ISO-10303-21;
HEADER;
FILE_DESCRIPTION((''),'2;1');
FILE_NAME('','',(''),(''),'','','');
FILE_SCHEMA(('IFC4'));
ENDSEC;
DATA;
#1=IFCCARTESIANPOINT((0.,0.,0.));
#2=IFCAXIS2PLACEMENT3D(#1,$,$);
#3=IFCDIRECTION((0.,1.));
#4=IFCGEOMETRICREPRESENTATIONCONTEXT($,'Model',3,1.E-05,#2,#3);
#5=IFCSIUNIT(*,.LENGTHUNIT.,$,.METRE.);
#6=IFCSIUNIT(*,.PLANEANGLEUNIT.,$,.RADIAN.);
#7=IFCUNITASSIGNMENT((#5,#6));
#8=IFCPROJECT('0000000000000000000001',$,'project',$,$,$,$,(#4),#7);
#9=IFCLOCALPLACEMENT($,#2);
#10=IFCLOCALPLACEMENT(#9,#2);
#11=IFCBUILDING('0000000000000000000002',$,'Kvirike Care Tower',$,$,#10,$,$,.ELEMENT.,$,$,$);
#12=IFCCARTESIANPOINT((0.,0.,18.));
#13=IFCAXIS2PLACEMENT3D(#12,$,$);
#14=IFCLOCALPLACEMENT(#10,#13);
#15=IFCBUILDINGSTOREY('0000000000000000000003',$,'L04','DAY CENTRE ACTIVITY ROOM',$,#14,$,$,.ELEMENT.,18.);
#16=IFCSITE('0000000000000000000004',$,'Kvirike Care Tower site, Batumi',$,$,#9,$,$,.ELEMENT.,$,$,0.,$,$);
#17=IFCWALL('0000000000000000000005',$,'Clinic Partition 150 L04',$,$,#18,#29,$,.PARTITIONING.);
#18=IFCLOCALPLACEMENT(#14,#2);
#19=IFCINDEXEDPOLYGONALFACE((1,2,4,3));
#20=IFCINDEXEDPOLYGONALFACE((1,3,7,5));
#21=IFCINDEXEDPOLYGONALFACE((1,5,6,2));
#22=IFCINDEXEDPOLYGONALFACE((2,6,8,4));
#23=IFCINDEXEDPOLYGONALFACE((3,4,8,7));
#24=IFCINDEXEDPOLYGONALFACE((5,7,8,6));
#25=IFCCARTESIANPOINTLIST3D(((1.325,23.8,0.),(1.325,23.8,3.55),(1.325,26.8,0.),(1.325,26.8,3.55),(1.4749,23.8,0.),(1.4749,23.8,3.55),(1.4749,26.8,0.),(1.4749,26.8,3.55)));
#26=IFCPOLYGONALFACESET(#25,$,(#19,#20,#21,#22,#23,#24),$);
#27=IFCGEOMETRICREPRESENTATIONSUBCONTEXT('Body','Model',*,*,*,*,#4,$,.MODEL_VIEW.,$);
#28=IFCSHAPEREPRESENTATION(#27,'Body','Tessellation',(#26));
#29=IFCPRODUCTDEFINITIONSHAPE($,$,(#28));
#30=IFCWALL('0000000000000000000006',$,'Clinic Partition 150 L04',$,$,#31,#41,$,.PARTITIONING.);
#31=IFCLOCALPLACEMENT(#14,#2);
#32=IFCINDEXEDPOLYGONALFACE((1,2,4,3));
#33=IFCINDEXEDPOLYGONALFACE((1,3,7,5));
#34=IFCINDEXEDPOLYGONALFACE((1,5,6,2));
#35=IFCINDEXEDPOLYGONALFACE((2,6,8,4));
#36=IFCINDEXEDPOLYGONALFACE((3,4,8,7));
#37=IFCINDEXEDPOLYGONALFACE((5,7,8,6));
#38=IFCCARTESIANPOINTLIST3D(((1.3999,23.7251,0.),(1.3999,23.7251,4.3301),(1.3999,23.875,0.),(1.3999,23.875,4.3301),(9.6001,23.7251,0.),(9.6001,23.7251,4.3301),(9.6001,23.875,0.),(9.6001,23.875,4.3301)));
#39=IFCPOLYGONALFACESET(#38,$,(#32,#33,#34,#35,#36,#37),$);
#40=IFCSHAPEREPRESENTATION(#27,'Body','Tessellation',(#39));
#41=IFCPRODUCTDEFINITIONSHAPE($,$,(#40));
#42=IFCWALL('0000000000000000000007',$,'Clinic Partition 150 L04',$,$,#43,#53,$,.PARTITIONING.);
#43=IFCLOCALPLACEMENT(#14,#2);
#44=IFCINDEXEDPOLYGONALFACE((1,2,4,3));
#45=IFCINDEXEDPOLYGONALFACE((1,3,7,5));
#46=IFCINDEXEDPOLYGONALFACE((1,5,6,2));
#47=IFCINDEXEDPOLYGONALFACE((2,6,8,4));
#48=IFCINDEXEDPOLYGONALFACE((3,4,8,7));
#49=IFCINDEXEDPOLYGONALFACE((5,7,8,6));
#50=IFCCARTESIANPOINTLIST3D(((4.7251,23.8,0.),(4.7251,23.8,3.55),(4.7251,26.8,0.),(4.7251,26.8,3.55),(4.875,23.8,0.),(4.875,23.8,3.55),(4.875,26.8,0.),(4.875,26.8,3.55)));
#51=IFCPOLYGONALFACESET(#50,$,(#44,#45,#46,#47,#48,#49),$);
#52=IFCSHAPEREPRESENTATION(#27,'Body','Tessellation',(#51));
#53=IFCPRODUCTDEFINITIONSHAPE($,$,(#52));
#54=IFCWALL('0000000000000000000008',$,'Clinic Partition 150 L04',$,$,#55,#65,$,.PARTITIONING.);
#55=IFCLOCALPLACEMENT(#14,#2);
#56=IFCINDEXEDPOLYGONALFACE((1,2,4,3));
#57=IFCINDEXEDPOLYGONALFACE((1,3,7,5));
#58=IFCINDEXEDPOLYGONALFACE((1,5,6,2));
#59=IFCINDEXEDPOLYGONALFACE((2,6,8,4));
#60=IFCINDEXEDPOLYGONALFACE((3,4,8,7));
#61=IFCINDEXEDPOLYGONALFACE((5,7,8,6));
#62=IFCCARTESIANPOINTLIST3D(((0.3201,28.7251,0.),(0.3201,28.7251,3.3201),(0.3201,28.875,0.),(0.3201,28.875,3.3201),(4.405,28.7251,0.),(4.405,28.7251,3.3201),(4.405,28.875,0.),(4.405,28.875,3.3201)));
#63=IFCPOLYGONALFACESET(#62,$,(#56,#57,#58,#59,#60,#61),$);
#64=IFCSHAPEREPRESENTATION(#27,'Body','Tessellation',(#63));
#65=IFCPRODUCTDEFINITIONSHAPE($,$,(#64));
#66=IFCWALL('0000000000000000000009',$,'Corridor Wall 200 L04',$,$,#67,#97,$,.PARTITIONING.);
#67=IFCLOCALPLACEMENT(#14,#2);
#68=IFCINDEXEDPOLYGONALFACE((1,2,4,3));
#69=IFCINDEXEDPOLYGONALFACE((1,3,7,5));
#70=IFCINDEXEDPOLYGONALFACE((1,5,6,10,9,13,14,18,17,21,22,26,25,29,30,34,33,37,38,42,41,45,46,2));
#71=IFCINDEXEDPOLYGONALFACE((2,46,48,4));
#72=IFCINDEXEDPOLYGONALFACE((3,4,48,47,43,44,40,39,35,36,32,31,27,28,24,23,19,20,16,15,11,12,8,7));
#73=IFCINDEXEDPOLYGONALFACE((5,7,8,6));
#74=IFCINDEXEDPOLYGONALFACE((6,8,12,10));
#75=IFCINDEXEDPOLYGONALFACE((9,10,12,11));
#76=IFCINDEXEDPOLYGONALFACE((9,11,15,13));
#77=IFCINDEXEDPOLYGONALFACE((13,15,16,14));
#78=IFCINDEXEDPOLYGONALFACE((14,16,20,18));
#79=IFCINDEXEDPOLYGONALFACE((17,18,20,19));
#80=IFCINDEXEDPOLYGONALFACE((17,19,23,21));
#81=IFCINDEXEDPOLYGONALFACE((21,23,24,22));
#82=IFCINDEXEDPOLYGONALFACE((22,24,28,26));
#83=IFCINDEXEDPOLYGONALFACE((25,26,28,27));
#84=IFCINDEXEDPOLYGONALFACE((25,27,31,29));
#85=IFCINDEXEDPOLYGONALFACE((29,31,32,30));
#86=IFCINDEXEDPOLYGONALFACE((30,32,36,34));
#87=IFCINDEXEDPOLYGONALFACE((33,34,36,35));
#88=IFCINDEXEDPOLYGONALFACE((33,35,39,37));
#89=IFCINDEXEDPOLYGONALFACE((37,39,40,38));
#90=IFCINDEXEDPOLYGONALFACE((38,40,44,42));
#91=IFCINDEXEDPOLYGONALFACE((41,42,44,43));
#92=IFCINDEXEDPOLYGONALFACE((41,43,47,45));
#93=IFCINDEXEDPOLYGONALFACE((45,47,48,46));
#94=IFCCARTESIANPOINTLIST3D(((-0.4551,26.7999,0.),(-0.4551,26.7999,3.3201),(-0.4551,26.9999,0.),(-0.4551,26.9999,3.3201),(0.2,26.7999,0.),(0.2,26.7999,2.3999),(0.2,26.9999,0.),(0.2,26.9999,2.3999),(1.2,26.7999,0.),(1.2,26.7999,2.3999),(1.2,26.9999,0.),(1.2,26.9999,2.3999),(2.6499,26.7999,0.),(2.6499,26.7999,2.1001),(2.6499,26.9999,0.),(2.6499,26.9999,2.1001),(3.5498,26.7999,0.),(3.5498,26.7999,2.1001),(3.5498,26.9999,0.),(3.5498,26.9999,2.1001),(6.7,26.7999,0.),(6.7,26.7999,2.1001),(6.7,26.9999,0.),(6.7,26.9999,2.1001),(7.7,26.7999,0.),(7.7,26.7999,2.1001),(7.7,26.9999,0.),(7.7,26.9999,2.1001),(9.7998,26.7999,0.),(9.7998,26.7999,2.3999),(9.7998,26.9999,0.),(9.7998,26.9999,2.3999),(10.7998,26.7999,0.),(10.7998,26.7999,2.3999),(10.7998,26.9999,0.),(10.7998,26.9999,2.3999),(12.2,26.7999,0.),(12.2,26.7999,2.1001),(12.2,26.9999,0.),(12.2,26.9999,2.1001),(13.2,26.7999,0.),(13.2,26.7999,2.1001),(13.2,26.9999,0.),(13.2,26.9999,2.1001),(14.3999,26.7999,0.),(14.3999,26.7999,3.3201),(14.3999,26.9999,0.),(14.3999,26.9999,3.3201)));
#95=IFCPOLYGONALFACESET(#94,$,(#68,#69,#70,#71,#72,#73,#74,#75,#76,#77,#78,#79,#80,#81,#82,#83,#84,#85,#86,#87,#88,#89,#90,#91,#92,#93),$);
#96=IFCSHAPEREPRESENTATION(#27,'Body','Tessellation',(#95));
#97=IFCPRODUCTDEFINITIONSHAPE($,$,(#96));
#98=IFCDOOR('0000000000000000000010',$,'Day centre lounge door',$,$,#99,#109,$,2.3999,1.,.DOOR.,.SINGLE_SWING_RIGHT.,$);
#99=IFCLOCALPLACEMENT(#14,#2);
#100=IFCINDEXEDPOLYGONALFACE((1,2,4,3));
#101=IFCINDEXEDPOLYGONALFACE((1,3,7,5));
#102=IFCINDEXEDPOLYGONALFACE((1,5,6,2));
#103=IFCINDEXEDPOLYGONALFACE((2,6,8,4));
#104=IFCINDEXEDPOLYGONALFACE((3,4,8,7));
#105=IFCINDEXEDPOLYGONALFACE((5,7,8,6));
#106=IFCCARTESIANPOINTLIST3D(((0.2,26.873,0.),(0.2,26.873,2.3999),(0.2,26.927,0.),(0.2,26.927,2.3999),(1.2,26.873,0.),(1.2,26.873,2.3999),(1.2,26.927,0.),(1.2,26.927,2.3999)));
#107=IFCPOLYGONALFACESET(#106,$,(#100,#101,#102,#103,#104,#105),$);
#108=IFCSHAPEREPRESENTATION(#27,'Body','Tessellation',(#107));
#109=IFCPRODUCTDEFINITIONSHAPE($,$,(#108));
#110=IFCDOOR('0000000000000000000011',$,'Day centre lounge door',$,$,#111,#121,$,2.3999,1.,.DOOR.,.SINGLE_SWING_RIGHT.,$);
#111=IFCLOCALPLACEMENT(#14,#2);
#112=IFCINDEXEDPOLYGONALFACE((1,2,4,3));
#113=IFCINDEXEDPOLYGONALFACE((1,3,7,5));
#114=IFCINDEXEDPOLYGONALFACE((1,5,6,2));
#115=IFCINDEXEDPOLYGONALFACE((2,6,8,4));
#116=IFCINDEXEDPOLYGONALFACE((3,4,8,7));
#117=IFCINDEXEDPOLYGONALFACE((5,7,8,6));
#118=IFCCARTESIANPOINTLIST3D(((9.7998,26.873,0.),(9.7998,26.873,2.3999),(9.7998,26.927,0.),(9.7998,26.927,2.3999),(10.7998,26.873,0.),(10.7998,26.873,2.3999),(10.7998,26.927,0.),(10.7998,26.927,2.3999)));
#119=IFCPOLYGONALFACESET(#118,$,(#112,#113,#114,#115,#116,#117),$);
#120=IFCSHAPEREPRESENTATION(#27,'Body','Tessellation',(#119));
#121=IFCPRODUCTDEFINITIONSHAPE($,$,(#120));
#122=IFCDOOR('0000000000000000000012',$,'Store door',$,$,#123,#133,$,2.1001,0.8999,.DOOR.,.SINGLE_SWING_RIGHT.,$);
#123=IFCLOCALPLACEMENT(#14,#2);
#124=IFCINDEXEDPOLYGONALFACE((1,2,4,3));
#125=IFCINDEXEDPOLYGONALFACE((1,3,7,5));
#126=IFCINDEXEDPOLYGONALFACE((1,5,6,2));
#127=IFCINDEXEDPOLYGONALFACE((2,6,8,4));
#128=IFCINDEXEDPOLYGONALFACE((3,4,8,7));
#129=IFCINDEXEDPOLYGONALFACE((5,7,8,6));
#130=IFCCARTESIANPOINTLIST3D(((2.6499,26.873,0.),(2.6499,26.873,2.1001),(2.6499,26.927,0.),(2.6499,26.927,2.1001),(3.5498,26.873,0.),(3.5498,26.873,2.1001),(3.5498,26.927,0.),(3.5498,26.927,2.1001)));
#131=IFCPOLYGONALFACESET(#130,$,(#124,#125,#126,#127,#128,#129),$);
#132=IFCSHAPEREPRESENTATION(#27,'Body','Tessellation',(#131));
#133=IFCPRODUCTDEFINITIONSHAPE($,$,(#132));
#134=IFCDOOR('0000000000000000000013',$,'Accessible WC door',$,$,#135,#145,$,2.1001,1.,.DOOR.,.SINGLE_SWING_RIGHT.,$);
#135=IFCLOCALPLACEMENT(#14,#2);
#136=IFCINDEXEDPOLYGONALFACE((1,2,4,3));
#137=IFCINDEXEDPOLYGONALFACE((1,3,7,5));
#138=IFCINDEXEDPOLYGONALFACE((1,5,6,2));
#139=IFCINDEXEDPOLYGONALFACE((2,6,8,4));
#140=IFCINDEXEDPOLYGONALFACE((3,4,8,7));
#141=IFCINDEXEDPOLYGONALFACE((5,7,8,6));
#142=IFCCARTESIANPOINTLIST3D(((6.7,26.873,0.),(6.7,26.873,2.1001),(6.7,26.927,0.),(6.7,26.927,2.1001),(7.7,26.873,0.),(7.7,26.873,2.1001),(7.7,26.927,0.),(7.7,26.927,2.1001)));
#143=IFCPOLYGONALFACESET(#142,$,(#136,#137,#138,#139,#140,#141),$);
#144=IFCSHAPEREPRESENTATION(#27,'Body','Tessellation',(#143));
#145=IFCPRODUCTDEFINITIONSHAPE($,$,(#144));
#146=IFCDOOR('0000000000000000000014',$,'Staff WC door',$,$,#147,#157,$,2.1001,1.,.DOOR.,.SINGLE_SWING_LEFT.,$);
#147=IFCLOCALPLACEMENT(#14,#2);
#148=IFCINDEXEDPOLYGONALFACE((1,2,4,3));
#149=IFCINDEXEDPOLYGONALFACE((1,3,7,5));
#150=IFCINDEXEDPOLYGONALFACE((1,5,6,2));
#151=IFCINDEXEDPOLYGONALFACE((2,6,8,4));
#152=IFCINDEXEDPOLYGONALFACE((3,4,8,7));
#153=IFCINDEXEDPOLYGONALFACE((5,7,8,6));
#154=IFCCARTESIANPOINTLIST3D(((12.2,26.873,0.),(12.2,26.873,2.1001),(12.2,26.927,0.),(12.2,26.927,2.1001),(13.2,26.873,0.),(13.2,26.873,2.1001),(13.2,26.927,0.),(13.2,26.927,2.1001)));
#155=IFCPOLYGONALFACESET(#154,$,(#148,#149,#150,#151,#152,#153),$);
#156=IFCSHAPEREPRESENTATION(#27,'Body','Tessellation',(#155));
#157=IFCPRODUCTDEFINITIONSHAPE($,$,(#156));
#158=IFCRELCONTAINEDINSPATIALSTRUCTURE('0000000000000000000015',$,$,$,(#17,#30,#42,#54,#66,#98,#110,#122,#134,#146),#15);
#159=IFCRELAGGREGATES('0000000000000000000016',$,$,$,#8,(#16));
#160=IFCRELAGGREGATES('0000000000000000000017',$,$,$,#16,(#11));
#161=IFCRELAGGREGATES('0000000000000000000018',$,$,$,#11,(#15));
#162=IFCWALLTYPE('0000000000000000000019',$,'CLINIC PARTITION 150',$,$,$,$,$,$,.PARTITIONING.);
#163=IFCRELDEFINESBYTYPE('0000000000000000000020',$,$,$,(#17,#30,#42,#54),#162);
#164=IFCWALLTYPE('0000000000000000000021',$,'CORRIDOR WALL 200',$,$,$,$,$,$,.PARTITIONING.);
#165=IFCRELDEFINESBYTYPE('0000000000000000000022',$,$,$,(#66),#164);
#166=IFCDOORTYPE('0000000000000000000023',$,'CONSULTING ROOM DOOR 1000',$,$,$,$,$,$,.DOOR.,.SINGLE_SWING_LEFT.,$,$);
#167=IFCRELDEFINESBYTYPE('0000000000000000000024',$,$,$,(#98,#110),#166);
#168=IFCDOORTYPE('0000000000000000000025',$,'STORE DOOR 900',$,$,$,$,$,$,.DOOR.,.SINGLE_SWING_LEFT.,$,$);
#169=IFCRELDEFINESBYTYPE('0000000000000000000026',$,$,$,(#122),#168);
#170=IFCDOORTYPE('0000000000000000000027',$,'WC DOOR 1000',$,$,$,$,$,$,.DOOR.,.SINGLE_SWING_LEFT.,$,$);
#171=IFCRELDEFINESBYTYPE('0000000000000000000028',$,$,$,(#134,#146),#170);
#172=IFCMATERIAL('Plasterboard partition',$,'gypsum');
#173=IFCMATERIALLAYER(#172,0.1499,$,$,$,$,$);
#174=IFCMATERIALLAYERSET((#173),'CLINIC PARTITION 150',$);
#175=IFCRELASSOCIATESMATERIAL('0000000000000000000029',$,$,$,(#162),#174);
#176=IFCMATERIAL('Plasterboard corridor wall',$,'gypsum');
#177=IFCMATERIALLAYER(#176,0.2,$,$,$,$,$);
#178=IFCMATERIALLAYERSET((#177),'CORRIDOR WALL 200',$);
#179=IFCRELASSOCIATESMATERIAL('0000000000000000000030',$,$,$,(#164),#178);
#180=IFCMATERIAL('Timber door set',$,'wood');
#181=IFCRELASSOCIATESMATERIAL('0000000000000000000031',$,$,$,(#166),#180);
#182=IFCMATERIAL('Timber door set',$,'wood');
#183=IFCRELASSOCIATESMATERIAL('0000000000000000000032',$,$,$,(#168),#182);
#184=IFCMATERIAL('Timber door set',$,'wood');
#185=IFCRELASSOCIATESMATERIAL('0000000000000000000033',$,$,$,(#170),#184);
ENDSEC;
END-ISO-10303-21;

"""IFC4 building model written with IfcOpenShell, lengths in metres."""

from ifc_helpers import new_model, si_unit, direction, frame, frame_2d, origin, place, context, subcontext, project, spatial, rectangle, extrude, material, layer, layer_set, type_object, element, fill, save


model = new_model("IFC4")

# Units and contexts
model_context = context("Model", 3, precision=1e-05, world=origin(), true_north=direction((0.0, 1.0)))
body_context = subcontext(model_context, "Body", "Model", "MODEL_VIEW")
ifc_project = project(units=[si_unit("LENGTHUNIT", "METRE"), si_unit("PLANEANGLEUNIT", "RADIAN")], contexts=[model_context])

# Site, building, storey
site_placement = place(None, origin())
site = spatial("IfcSite", under=ifc_project, at=site_placement, Name="Kvirike Care Tower site, Batumi", CompositionType="ELEMENT", RefElevation=0.0)
building_placement = place(site_placement, origin())
building = spatial("IfcBuilding", under=site, at=building_placement, Name="Kvirike Care Tower", CompositionType="ELEMENT")
storey_placement = place(building_placement, frame((0.0, 0.0, 18.0)))
storey = spatial("IfcBuildingStorey", under=building, at=storey_placement, Name="L04", Description="DAY CENTRE ACTIVITY ROOM", CompositionType="ELEMENT", Elevation=18.0)

# Walls
ifc_material_1 = material(Name="Plasterboard partition", Category="gypsum")
ifc_layer_1 = layer(ifc_material_1, 0.1499)
ifc_layer_set_1 = layer_set([ifc_layer_1], Name="CLINIC PARTITION 150")
wall_type_1 = type_object("IfcWallType", Name="CLINIC PARTITION 150", PredefinedType="PARTITIONING", material=ifc_layer_set_1)
wall_1_placement = place(storey_placement, frame((1.3999, 23.8, 0.0), z_axis=(0.0, 0.0, 1.0), x_axis=(0.0, 1.0, 0.0)))
element("IfcWall", 1, at=wall_1_placement, inside=storey, type_object=wall_type_1, Name="Clinic Partition 150 L04", PredefinedType="PARTITIONING", context=body_context, shape_type="SweptSolid", body=[
    extrude(rectangle(XDim=3.0, YDim=0.1499, at=frame_2d((1.5, 0.0))), origin(), (0.0, 0.0, 1.0), 3.55),
])
wall_2_placement = place(storey_placement, frame((1.3999, 23.8, 0.0), z_axis=(0.0, 0.0, 1.0), x_axis=(1.0, 0.0, 0.0)))
element("IfcWall", 2, at=wall_2_placement, inside=storey, type_object=wall_type_1, Name="Clinic Partition 150 L04", PredefinedType="PARTITIONING", context=body_context, shape_type="SweptSolid", body=[
    extrude(rectangle(XDim=8.2002, YDim=0.1499, at=frame_2d((4.1001, 0.0))), origin(), (0.0, 0.0, 1.0), 4.3301),
])
wall_3_placement = place(storey_placement, frame((4.8, 23.8, 0.0), z_axis=(0.0, 0.0, 1.0), x_axis=(0.0, 1.0, 0.0)))
element("IfcWall", 3, at=wall_3_placement, inside=storey, type_object=wall_type_1, Name="Clinic Partition 150 L04", PredefinedType="PARTITIONING", context=body_context, shape_type="SweptSolid", body=[
    extrude(rectangle(XDim=3.0, YDim=0.1499, at=frame_2d((1.5, 0.0))), origin(), (0.0, 0.0, 1.0), 3.55),
])
wall_4_placement = place(storey_placement, frame((4.405, 28.8, 0.0), z_axis=(0.0, 0.0, 1.0), x_axis=(-1.0, 0.0, 0.0)))
element("IfcWall", 4, at=wall_4_placement, inside=storey, type_object=wall_type_1, Name="Clinic Partition 150 L04", PredefinedType="PARTITIONING", context=body_context, shape_type="SweptSolid", body=[
    extrude(rectangle(XDim=4.085, YDim=0.1499, at=frame_2d((2.0425, 0.0))), origin(), (0.0, 0.0, 1.0), 3.3201),
])

# Wall, openings, doors
ifc_material_2 = material(Name="Plasterboard corridor wall", Category="gypsum")
ifc_layer_2 = layer(ifc_material_2, 0.2)
ifc_layer_set_2 = layer_set([ifc_layer_2], Name="CORRIDOR WALL 200")
wall_type_2 = type_object("IfcWallType", Name="CORRIDOR WALL 200", PredefinedType="PARTITIONING", material=ifc_layer_set_2)
wall_5_placement = place(storey_placement, frame((-0.4551, 26.8999, 0.0), z_axis=(0.0, 0.0, 1.0), x_axis=(1.0, 0.0, 0.0)))
wall_5 = element("IfcWall", 5, at=wall_5_placement, inside=storey, type_object=wall_type_2, Name="Corridor Wall 200 L04", PredefinedType="PARTITIONING", context=body_context, shape_type="SweptSolid", body=[
    extrude(rectangle(XDim=14.855, YDim=0.2, at=frame_2d((7.4275, 0.0))), origin(), (0.0, 0.0, 1.0), 3.3201),
])
opening_1_placement = place(wall_5_placement, frame((0.655, 0.0, 0.0)))
opening_1 = element("IfcOpeningElement", 6, at=opening_1_placement, cuts=wall_5, PredefinedType="OPENING", context=body_context, shape_type="SweptSolid", body=[
    extrude(rectangle(XDim=1.0, YDim=2.3999, at=frame_2d((0.5, 1.2))), frame((0.0, 0.1106, 0.0), z_axis=(0.0, -1.0, 0.0), x_axis=(1.0, 0.0, 0.0)), (0.0, 0.0, 1.0), 0.2209),
])
opening_2_placement = place(wall_5_placement, frame((10.2549, 0.0, 0.0)))
opening_2 = element("IfcOpeningElement", 7, at=opening_2_placement, cuts=wall_5, PredefinedType="OPENING", context=body_context, shape_type="SweptSolid", body=[
    extrude(rectangle(XDim=1.0, YDim=2.3999, at=frame_2d((0.5, 1.2))), frame((0.0, 0.1106, 0.0), z_axis=(0.0, -1.0, 0.0), x_axis=(1.0, 0.0, 0.0)), (0.0, 0.0, 1.0), 0.2209),
])
opening_3_placement = place(wall_5_placement, frame((3.105, 0.0, 0.0)))
opening_3 = element("IfcOpeningElement", 8, at=opening_3_placement, cuts=wall_5, PredefinedType="OPENING", context=body_context, shape_type="SweptSolid", body=[
    extrude(rectangle(XDim=0.8999, YDim=2.1001, at=frame_2d((0.45, 1.05))), frame((0.0, 0.1106, 0.0), z_axis=(0.0, -1.0, 0.0), x_axis=(1.0, 0.0, 0.0)), (0.0, 0.0, 1.0), 0.2209),
])
opening_4_placement = place(wall_5_placement, frame((7.155, 0.0, 0.0)))
opening_4 = element("IfcOpeningElement", 9, at=opening_4_placement, cuts=wall_5, PredefinedType="OPENING", context=body_context, shape_type="SweptSolid", body=[
    extrude(rectangle(XDim=1.0, YDim=2.1001, at=frame_2d((0.5, 1.05))), frame((0.0, 0.1106, 0.0), z_axis=(0.0, -1.0, 0.0), x_axis=(1.0, 0.0, 0.0)), (0.0, 0.0, 1.0), 0.2209),
])
opening_5_placement = place(wall_5_placement, frame((12.655, 0.0, 0.0)))
opening_5 = element("IfcOpeningElement", 10, at=opening_5_placement, cuts=wall_5, PredefinedType="OPENING", context=body_context, shape_type="SweptSolid", body=[
    extrude(rectangle(XDim=1.0, YDim=2.1001, at=frame_2d((0.5, 1.05))), frame((0.0, 0.1106, 0.0), z_axis=(0.0, -1.0, 0.0), x_axis=(1.0, 0.0, 0.0)), (0.0, 0.0, 1.0), 0.2209),
])
ifc_material_3 = material(Name="Timber door set", Category="wood")
door_type_1 = type_object("IfcDoorType", Name="CONSULTING ROOM DOOR 1000", OperationType="SINGLE_SWING_LEFT", PredefinedType="DOOR", material=ifc_material_3)
door_1_placement = place(opening_1_placement, frame((1.0, 0.0, 0.0), z_axis=(0.0, 0.0, 1.0), x_axis=(-1.0, 0.0, 0.0)))
door_1 = element("IfcDoor", 11, at=door_1_placement, inside=storey, type_object=door_type_1, Name="Day centre lounge door", OperationType="SINGLE_SWING_RIGHT", OverallHeight=2.3999, OverallWidth=1.0, PredefinedType="DOOR", context=body_context, shape_type="SweptSolid", body=[
    extrude(rectangle(XDim=1.0, YDim=2.3999, at=frame_2d((0.5, 1.2))), frame((0.0, 0.0269, 0.0), z_axis=(0.0, -1.0, 0.0), x_axis=(1.0, 0.0, 0.0)), (0.0, 0.0, 1.0), 0.054),
])
fill(opening_1, door_1)
door_2_placement = place(opening_2_placement, frame((1.0, 0.0, 0.0), z_axis=(0.0, 0.0, 1.0), x_axis=(-1.0, 0.0, 0.0)))
door_2 = element("IfcDoor", 12, at=door_2_placement, inside=storey, type_object=door_type_1, Name="Day centre lounge door", OperationType="SINGLE_SWING_RIGHT", OverallHeight=2.3999, OverallWidth=1.0, PredefinedType="DOOR", context=body_context, shape_type="SweptSolid", body=[
    extrude(rectangle(XDim=1.0, YDim=2.3999, at=frame_2d((0.5, 1.2))), frame((0.0, 0.0269, 0.0), z_axis=(0.0, -1.0, 0.0), x_axis=(1.0, 0.0, 0.0)), (0.0, 0.0, 1.0), 0.054),
])
fill(opening_2, door_2)
ifc_material_4 = material(Name="Timber door set", Category="wood")
door_type_2 = type_object("IfcDoorType", Name="STORE DOOR 900", OperationType="SINGLE_SWING_LEFT", PredefinedType="DOOR", material=ifc_material_4)
door_3_placement = place(opening_3_placement, frame((0.8999, 0.0, 0.0), z_axis=(0.0, 0.0, 1.0), x_axis=(-1.0, 0.0, 0.0)))
door_3 = element("IfcDoor", 13, at=door_3_placement, inside=storey, type_object=door_type_2, Name="Store door", OperationType="SINGLE_SWING_RIGHT", OverallHeight=2.1001, OverallWidth=0.8999, PredefinedType="DOOR", context=body_context, shape_type="SweptSolid", body=[
    extrude(rectangle(XDim=0.8999, YDim=2.1001, at=frame_2d((0.45, 1.05))), frame((0.0, 0.0269, 0.0), z_axis=(0.0, -1.0, 0.0), x_axis=(1.0, 0.0, 0.0)), (0.0, 0.0, 1.0), 0.054),
])
fill(opening_3, door_3)
ifc_material_5 = material(Name="Timber door set", Category="wood")
door_type_3 = type_object("IfcDoorType", Name="WC DOOR 1000", OperationType="SINGLE_SWING_LEFT", PredefinedType="DOOR", material=ifc_material_5)
door_4_placement = place(opening_4_placement, frame((1.0, 0.0, 0.0), z_axis=(0.0, 0.0, 1.0), x_axis=(-1.0, 0.0, 0.0)))
door_4 = element("IfcDoor", 14, at=door_4_placement, inside=storey, type_object=door_type_3, Name="Accessible WC door", OperationType="SINGLE_SWING_RIGHT", OverallHeight=2.1001, OverallWidth=1.0, PredefinedType="DOOR", context=body_context, shape_type="SweptSolid", body=[
    extrude(rectangle(XDim=1.0, YDim=2.1001, at=frame_2d((0.5, 1.05))), frame((0.0, 0.0269, 0.0), z_axis=(0.0, -1.0, 0.0), x_axis=(1.0, 0.0, 0.0)), (0.0, 0.0, 1.0), 0.054),
])
fill(opening_4, door_4)
door_5_placement = place(opening_5_placement, frame((1.0, 0.0, 0.0), z_axis=(0.0, 0.0, 1.0), x_axis=(-1.0, 0.0, 0.0)))
door_5 = element("IfcDoor", 15, at=door_5_placement, inside=storey, type_object=door_type_3, Name="Staff WC door", OperationType="SINGLE_SWING_LEFT", OverallHeight=2.1001, OverallWidth=1.0, PredefinedType="DOOR", context=body_context, shape_type="SweptSolid", body=[
    extrude(rectangle(XDim=1.0, YDim=2.1001, at=frame_2d((0.5, 1.05))), frame((0.0, 0.0269, 0.0), z_axis=(0.0, -1.0, 0.0), x_axis=(1.0, 0.0, 0.0)), (0.0, 0.0, 1.0), 0.054),
])
fill(opening_5, door_5)

save(model, "model.ifc")
